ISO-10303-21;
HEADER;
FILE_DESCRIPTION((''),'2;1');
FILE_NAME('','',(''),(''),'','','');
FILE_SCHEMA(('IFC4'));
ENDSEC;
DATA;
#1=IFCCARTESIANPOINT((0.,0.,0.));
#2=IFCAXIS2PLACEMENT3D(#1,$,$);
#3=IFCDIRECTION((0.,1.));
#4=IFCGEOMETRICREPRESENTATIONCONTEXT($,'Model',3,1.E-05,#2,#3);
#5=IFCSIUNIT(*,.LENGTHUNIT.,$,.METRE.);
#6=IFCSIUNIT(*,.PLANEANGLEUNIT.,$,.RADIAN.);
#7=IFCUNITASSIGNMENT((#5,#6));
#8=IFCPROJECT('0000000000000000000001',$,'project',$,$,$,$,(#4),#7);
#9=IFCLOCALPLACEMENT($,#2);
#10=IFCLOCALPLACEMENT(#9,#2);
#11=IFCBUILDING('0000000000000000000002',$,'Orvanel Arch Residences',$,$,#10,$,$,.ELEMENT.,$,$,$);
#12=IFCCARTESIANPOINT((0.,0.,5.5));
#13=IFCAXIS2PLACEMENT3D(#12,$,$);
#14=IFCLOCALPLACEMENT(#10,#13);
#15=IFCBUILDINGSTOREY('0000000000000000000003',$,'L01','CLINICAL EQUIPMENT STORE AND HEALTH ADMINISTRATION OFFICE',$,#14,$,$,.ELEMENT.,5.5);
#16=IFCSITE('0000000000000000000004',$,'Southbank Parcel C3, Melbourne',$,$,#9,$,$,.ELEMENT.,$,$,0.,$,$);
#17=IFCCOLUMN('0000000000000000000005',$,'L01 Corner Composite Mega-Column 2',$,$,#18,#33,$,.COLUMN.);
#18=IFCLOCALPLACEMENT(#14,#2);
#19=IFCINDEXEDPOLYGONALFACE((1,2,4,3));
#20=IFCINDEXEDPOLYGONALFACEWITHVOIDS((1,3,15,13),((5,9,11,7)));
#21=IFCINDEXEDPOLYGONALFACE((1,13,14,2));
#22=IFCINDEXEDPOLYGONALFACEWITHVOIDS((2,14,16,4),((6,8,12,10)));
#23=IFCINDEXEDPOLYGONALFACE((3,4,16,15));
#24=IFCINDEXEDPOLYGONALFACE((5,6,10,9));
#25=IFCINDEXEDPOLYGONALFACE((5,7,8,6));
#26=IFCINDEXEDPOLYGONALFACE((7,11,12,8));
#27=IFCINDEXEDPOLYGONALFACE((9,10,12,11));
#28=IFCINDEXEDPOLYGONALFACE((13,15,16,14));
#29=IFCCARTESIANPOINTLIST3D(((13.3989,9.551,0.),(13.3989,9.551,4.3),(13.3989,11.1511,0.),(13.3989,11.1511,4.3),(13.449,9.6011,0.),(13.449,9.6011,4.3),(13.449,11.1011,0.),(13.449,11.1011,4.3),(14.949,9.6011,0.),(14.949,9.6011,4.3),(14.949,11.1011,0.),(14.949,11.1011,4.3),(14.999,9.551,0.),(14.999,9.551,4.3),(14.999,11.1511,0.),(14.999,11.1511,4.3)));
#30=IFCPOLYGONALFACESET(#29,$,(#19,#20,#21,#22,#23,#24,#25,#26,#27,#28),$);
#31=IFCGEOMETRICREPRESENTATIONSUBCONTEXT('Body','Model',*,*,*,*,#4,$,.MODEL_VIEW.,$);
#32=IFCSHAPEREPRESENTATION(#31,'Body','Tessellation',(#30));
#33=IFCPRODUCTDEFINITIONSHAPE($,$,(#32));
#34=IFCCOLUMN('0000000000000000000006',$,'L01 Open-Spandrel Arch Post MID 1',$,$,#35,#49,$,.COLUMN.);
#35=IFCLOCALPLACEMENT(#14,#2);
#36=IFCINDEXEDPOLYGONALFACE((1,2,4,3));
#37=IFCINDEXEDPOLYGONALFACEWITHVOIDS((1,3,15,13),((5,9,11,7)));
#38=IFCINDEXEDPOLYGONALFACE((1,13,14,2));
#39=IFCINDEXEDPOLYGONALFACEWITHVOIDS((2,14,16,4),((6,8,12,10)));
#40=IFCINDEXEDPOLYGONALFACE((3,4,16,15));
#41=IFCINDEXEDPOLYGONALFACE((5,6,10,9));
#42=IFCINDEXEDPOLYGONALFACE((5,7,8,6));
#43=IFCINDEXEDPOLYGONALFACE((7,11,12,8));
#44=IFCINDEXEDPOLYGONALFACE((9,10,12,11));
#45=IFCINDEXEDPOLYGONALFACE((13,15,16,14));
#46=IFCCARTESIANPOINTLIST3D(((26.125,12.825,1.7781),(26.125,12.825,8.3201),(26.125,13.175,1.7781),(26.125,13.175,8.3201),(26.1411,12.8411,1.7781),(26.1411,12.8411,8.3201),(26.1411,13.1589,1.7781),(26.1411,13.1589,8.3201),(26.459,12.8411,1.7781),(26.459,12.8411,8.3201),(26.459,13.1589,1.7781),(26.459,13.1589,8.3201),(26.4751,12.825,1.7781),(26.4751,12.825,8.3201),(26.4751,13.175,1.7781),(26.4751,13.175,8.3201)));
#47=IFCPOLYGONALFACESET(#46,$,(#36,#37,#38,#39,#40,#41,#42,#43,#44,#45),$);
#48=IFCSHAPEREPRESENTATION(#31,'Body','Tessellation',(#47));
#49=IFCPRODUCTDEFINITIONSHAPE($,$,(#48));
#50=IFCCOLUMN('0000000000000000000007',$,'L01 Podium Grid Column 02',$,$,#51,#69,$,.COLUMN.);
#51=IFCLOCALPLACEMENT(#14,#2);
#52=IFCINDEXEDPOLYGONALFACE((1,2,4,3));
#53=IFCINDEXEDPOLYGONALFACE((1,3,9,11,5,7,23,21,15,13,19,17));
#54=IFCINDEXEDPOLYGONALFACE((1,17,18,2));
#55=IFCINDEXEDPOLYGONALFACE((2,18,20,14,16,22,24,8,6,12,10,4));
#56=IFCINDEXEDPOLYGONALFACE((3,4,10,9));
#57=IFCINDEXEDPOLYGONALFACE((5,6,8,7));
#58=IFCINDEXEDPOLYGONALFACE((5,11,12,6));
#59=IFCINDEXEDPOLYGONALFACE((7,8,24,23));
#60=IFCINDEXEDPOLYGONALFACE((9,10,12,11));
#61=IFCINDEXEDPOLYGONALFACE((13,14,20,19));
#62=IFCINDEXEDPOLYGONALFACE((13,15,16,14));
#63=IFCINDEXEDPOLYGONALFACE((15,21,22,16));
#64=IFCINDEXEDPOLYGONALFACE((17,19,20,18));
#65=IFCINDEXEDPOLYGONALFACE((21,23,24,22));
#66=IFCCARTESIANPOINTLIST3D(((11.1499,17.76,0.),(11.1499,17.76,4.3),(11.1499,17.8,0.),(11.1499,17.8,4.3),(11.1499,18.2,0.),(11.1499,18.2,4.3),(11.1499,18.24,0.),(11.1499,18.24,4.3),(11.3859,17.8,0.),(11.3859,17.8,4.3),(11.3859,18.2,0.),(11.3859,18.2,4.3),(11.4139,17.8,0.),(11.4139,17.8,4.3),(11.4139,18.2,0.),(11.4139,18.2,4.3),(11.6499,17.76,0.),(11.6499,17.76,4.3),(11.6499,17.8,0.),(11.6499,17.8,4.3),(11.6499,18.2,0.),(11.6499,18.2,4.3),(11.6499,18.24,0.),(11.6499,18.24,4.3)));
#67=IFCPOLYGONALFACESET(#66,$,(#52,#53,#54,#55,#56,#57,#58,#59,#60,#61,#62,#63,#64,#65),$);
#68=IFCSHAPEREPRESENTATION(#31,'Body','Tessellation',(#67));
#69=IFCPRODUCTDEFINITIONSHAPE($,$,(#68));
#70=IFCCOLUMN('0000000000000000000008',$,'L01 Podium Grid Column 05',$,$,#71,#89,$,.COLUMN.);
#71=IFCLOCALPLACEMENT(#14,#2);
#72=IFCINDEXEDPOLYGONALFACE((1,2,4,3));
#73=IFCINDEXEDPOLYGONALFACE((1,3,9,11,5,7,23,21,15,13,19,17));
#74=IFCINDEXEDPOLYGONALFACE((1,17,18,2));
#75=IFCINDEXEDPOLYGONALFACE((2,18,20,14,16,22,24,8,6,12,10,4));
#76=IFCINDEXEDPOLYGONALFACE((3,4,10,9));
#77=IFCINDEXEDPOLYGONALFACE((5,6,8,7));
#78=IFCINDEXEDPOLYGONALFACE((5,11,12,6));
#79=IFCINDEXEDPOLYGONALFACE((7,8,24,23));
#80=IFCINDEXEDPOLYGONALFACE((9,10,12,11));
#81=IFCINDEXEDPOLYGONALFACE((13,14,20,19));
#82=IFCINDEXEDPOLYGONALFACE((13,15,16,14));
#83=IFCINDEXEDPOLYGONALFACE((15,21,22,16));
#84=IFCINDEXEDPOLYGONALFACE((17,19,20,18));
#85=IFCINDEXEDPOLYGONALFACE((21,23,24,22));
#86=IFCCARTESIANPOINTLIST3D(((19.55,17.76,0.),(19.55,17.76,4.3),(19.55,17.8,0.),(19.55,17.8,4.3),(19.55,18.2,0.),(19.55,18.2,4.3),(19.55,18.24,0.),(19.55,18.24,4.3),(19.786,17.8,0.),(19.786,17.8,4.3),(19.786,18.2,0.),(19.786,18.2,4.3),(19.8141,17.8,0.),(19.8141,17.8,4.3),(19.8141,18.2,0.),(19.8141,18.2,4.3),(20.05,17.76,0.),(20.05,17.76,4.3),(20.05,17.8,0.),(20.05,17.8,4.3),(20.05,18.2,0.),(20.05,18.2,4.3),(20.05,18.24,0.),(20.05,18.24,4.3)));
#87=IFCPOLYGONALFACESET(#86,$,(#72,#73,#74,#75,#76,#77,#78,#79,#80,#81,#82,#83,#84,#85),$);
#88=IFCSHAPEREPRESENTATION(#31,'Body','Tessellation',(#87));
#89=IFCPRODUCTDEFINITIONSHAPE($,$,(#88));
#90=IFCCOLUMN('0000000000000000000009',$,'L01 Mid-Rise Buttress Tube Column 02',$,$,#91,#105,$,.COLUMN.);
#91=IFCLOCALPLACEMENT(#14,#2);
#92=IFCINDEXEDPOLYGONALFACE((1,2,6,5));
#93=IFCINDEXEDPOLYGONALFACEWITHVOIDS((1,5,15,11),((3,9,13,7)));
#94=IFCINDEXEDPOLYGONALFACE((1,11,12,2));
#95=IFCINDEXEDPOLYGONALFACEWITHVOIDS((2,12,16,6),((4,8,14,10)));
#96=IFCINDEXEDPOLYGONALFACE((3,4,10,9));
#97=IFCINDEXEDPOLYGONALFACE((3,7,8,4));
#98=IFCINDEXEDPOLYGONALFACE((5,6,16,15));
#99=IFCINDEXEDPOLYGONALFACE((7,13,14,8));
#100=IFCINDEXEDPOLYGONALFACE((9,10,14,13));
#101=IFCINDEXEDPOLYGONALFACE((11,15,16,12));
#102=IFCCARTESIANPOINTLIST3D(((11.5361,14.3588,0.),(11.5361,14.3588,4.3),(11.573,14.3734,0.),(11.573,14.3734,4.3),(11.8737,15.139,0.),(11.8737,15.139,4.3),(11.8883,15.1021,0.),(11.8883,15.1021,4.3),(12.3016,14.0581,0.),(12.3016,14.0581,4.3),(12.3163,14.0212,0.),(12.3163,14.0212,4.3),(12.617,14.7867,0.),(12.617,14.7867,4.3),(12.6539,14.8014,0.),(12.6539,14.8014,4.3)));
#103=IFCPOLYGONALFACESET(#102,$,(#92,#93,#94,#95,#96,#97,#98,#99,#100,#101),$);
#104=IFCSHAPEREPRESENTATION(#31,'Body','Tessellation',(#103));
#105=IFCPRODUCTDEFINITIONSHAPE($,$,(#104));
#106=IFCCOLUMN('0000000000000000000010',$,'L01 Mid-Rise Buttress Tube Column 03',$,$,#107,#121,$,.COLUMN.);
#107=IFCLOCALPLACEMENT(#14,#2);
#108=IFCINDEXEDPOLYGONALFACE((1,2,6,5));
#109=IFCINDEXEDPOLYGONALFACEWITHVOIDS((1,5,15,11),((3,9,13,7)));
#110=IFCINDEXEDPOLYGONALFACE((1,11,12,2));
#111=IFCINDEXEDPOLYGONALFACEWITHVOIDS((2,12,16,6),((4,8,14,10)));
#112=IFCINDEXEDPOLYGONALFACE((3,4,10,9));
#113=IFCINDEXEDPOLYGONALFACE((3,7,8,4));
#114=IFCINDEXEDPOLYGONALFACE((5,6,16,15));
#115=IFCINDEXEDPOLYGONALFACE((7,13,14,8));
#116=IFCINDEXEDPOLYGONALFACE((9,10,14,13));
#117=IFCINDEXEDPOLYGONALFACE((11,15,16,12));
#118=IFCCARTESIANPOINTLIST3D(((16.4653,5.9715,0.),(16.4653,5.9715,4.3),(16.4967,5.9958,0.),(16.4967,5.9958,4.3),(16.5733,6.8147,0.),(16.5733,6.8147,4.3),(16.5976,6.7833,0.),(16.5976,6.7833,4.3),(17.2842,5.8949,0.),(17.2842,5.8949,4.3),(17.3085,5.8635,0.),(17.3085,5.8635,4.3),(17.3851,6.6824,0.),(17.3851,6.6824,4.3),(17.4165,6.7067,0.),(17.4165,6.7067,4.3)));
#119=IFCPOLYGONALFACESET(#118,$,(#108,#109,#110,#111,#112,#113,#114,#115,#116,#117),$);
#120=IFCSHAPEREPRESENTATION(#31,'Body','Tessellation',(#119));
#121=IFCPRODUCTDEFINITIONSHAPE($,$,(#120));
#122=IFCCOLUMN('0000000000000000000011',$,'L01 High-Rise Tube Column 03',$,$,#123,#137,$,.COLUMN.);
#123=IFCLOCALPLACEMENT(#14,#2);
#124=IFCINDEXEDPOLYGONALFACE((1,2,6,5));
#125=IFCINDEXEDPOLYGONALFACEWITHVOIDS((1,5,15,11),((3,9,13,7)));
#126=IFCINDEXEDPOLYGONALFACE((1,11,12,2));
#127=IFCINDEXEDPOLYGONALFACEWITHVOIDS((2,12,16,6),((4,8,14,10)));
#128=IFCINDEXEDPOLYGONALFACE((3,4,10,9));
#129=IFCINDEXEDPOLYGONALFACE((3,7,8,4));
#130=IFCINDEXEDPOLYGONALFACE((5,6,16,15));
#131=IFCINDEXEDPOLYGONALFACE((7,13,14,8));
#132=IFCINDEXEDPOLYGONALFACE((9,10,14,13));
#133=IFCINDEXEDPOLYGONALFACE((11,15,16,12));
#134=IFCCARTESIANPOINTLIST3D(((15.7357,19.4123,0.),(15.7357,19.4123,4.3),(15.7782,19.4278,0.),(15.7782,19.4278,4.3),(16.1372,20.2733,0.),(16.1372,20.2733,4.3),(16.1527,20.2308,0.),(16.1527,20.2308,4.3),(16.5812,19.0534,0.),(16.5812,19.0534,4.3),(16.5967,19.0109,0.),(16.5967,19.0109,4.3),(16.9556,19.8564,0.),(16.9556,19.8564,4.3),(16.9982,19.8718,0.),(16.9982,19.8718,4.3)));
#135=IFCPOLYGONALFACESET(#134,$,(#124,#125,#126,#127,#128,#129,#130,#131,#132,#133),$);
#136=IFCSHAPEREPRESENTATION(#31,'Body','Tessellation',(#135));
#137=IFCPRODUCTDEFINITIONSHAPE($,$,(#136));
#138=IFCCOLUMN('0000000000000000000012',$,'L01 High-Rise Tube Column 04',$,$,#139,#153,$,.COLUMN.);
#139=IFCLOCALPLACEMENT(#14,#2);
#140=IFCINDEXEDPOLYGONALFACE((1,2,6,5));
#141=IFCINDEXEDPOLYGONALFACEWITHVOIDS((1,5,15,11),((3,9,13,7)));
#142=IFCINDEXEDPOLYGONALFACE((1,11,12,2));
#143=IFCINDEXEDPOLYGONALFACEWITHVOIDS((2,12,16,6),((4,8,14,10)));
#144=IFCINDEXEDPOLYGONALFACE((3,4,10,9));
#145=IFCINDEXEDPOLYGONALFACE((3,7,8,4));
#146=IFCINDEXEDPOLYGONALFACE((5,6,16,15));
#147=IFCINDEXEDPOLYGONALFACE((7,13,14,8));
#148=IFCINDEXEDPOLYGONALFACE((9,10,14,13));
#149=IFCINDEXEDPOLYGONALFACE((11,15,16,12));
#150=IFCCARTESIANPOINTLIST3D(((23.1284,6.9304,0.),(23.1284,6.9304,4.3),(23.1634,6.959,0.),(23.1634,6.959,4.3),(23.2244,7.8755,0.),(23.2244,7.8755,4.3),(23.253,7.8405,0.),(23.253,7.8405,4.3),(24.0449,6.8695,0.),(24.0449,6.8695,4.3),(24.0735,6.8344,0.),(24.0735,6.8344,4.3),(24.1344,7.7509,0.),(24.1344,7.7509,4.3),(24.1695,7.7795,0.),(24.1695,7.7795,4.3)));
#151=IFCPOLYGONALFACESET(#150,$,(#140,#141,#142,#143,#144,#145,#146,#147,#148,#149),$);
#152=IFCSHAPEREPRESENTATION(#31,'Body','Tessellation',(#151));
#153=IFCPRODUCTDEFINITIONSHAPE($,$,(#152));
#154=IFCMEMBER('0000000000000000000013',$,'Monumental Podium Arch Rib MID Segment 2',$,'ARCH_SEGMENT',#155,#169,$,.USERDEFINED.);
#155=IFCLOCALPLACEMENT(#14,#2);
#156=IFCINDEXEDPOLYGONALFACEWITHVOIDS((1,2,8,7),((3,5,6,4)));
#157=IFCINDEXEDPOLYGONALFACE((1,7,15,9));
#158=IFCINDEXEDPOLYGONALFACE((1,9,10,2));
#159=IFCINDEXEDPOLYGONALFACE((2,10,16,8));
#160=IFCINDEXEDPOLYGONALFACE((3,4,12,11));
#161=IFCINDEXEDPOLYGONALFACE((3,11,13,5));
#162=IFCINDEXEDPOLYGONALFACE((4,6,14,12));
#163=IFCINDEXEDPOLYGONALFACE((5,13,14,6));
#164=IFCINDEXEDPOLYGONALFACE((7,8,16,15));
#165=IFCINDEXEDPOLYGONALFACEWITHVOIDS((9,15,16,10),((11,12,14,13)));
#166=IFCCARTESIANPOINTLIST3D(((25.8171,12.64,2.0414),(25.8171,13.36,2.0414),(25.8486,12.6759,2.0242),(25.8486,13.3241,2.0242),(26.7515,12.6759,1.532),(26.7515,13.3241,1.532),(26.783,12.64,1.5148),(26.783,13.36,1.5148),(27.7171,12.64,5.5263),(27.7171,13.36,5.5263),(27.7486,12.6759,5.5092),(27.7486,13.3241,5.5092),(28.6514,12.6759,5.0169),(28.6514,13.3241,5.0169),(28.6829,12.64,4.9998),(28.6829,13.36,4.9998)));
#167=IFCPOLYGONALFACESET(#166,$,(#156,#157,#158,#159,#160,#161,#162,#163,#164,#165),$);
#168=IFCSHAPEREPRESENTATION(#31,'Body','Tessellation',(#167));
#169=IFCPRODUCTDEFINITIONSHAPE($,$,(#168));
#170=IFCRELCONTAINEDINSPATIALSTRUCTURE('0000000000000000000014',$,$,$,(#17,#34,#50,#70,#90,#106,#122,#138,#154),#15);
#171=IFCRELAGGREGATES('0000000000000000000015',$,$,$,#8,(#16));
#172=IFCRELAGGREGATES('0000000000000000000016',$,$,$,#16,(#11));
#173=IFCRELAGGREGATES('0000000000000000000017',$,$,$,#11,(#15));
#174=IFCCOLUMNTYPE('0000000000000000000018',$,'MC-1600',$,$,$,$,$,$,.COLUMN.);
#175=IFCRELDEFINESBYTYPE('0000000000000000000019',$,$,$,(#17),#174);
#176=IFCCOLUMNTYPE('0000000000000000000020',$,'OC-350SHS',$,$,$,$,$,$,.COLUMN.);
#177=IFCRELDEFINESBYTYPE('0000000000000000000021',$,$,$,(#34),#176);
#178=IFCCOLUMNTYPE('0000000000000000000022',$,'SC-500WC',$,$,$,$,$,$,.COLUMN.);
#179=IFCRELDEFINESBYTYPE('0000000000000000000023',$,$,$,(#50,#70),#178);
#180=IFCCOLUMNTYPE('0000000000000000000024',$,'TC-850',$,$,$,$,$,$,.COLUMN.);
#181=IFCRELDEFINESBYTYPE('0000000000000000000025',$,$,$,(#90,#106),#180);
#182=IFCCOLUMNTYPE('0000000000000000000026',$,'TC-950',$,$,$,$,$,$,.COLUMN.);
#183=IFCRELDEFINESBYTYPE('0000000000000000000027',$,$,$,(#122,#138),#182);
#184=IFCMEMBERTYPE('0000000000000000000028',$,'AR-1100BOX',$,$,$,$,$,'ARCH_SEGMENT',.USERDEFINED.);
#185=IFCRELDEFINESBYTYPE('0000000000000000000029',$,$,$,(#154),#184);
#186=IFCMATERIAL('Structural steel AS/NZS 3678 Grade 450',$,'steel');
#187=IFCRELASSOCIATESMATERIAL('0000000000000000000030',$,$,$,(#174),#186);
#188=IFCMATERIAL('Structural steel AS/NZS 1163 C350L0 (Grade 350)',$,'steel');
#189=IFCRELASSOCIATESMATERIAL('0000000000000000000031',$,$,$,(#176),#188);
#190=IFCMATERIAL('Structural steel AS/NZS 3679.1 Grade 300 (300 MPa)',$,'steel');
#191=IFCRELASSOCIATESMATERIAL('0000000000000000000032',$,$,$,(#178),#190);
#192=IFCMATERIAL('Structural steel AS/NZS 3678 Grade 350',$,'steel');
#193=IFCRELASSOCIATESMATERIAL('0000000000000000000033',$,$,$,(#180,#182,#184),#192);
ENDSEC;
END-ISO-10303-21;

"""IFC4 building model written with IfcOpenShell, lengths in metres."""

from ifc_helpers import new_model, si_unit, direction, frame, origin, origin_2d, place, context, subcontext, project, spatial, hollow_rectangle, i_section, extrude, material, material_profile, profile_set, type_object, element, save


model = new_model("IFC4")

# Units and contexts
model_context = context("Model", 3, precision=1e-05, world=origin(), true_north=direction((0.0, 1.0)))
body_context = subcontext(model_context, "Body", "Model", "MODEL_VIEW")
ifc_project = project(units=[si_unit("LENGTHUNIT", "METRE"), si_unit("PLANEANGLEUNIT", "RADIAN")], contexts=[model_context])

# Site, building, storey
site_placement = place(None, origin())
site = spatial("IfcSite", under=ifc_project, at=site_placement, Name="Southbank Parcel C3, Melbourne", CompositionType="ELEMENT", RefElevation=0.0)
building_placement = place(site_placement, origin())
building = spatial("IfcBuilding", under=site, at=building_placement, Name="Orvanel Arch Residences", CompositionType="ELEMENT")
storey_placement = place(building_placement, frame((0.0, 0.0, 5.5)))
storey = spatial("IfcBuildingStorey", under=building, at=storey_placement, Name="L01", Description="CLINICAL EQUIPMENT STORE AND HEALTH ADMINISTRATION OFFICE", CompositionType="ELEMENT", Elevation=5.5)

# Columns
ifc_material_1 = material(Name="Structural steel AS/NZS 3678 Grade 450", Category="steel")
ifc_material_profile_1 = material_profile(ifc_material_1, hollow_rectangle(XDim=1.6001, YDim=1.6001, WallThickness=0.05, at=origin_2d()), Name="BOX1600x1600x50")
ifc_profile_set_1 = profile_set([ifc_material_profile_1], Name="Structural steel AS/NZS 3678 Grade 450")
column_type_1 = type_object("IfcColumnType", Name="MC-1600", PredefinedType="COLUMN", material=ifc_profile_set_1)
column_1_placement = place(storey_placement, frame((14.199, 10.3511, 0.0), z_axis=(0.0, 0.0, 1.0), x_axis=(1.0, 0.0, 0.0)))
element("IfcColumn", 1, at=column_1_placement, inside=storey, type_object=column_type_1, Name="L01 Corner Composite Mega-Column 2", PredefinedType="COLUMN", context=body_context, shape_type="SweptSolid", body=[
    extrude(hollow_rectangle(XDim=1.6001, YDim=1.6001, WallThickness=0.05, at=origin_2d()), origin(), (0.0, 0.0, 1.0), 4.3),
])
ifc_material_2 = material(Name="Structural steel AS/NZS 1163 C350L0 (Grade 350)", Category="steel")
ifc_material_profile_2 = material_profile(ifc_material_2, hollow_rectangle(XDim=0.3501, YDim=0.3501, WallThickness=0.0161, at=origin_2d()), Name="SHS350x350x16")
ifc_profile_set_2 = profile_set([ifc_material_profile_2], Name="Structural steel AS/NZS 1163 C350L0 (Grade 350)")
column_type_2 = type_object("IfcColumnType", Name="OC-350SHS", PredefinedType="COLUMN", material=ifc_profile_set_2)
column_2_placement = place(storey_placement, frame((26.3, 13.0, 1.7781), z_axis=(0.0, 0.0, 1.0), x_axis=(1.0, 0.0, 0.0)))
element("IfcColumn", 2, at=column_2_placement, inside=storey, type_object=column_type_2, Name="L01 Open-Spandrel Arch Post MID 1", PredefinedType="COLUMN", context=body_context, shape_type="SweptSolid", body=[
    extrude(hollow_rectangle(XDim=0.3501, YDim=0.3501, WallThickness=0.0161, at=origin_2d()), origin(), (0.0, 0.0, 1.0), 6.542),
])
ifc_material_3 = material(Name="Structural steel AS/NZS 3679.1 Grade 300 (300 MPa)", Category="steel")
ifc_material_profile_3 = material_profile(ifc_material_3, i_section(OverallWidth=0.5, OverallDepth=0.48, WebThickness=0.0281, FlangeThickness=0.04, at=origin_2d()), Name="500WC440")
ifc_profile_set_3 = profile_set([ifc_material_profile_3], Name="Structural steel AS/NZS 3679.1 Grade 300 (300 MPa)")
column_type_3 = type_object("IfcColumnType", Name="SC-500WC", PredefinedType="COLUMN", material=ifc_profile_set_3)
for number, where, z_axis, x_axis, name in (
    (3, (11.3999, 18.0, 0.0), (0.0, 0.0, 1.0), (1.0, 0.0, 0.0), "L01 Podium Grid Column 02"),
    (4, (19.8, 18.0, 0.0), (0.0, 0.0, 1.0), (1.0, 0.0, 0.0), "L01 Podium Grid Column 05"),
):
    element("IfcColumn", number, at=place(storey_placement, frame(where, z_axis=z_axis, x_axis=x_axis)), inside=storey, type_object=column_type_3, Name=name, PredefinedType="COLUMN", context=body_context, shape_type="SweptSolid", body=[
        extrude(i_section(OverallWidth=0.5, OverallDepth=0.48, WebThickness=0.0281, FlangeThickness=0.04, at=origin_2d()), origin(), (0.0, 0.0, 1.0), 4.3),
    ])
ifc_material_4 = material(Name="Structural steel AS/NZS 3678 Grade 350", Category="steel")
ifc_material_profile_4 = material_profile(ifc_material_4, hollow_rectangle(XDim=0.8501, YDim=0.8501, WallThickness=0.0281, at=origin_2d()), Name="BOX850x850x28")
ifc_profile_set_4 = profile_set([ifc_material_profile_4], Name="Structural steel AS/NZS 3678 Grade 350")
column_type_4 = type_object("IfcColumnType", Name="TC-850", PredefinedType="COLUMN", material=ifc_profile_set_4)
for number, where, z_axis, x_axis, name in (
    (5, (12.095, 14.5801, 0.0), (0.0, 0.0, 1.0), (0.397148, 0.917755, 0.0), "L01 Mid-Rise Buttress Tube Column 02"),
    (6, (16.9409, 6.3391, 0.0), (0.0, 0.0, 1.0), (-0.991894, 0.127065, 0.0), "L01 Mid-Rise Buttress Tube Column 03"),
):
    element("IfcColumn", number, at=place(storey_placement, frame(where, z_axis=z_axis, x_axis=x_axis)), inside=storey, type_object=column_type_4, Name=name, PredefinedType="COLUMN", context=body_context, shape_type="SweptSolid", body=[
        extrude(hollow_rectangle(XDim=0.8501, YDim=0.8501, WallThickness=0.0281, at=origin_2d()), origin(), (0.0, 0.0, 1.0), 4.3),
    ])
ifc_material_profile_5 = material_profile(ifc_material_4, hollow_rectangle(XDim=0.95, YDim=0.95, WallThickness=0.032, at=origin_2d()), Name="BOX950x950x32")
ifc_profile_set_5 = profile_set([ifc_material_profile_5], Name="Structural steel AS/NZS 3678 Grade 350")
column_type_5 = type_object("IfcColumnType", Name="TC-950", PredefinedType="COLUMN", material=ifc_profile_set_5)
for number, where, z_axis, x_axis, name in (
    (7, (16.3669, 19.6421, 0.0), (0.0, 0.0, 1.0), (0.422618, 0.906308, 0.0), "L01 High-Rise Tube Column 03"),
    (8, (23.6489, 7.355, 0.0), (0.0, 0.0, 1.0), (-0.994881, 0.101056, 0.0), "L01 High-Rise Tube Column 04"),
):
    element("IfcColumn", number, at=place(storey_placement, frame(where, z_axis=z_axis, x_axis=x_axis)), inside=storey, type_object=column_type_5, Name=name, PredefinedType="COLUMN", context=body_context, shape_type="SweptSolid", body=[
        extrude(hollow_rectangle(XDim=0.95, YDim=0.95, WallThickness=0.032, at=origin_2d()), origin(), (0.0, 0.0, 1.0), 4.3),
    ])

# Member
ifc_material_profile_6 = material_profile(ifc_material_4, hollow_rectangle(XDim=0.72, YDim=1.1001, WallThickness=0.0359, at=origin_2d()), Name="BOX1100x720x36")
ifc_profile_set_6 = profile_set([ifc_material_profile_6], Name="Structural steel AS/NZS 3678 Grade 350")
member_type = type_object("IfcMemberType", Name="AR-1100BOX", ElementType="ARCH_SEGMENT", PredefinedType="USERDEFINED", material=ifc_profile_set_6)
member_placement = place(storey_placement, frame((26.3, 13.0, 1.7781), z_axis=(0.478671, 0.0, 0.877994), x_axis=(0.0, 1.0, 0.0)))
element("IfcMember", 9, at=member_placement, inside=storey, type_object=member_type, Name="Monumental Podium Arch Rib MID Segment 2", ObjectType="ARCH_SEGMENT", PredefinedType="USERDEFINED", context=body_context, shape_type="SweptSolid", body=[
    extrude(hollow_rectangle(XDim=0.72, YDim=1.1001, WallThickness=0.0359, at=origin_2d()), origin(), (0.0, 0.0, 1.0), 3.9692),
])

save(model, "model.ifc")
